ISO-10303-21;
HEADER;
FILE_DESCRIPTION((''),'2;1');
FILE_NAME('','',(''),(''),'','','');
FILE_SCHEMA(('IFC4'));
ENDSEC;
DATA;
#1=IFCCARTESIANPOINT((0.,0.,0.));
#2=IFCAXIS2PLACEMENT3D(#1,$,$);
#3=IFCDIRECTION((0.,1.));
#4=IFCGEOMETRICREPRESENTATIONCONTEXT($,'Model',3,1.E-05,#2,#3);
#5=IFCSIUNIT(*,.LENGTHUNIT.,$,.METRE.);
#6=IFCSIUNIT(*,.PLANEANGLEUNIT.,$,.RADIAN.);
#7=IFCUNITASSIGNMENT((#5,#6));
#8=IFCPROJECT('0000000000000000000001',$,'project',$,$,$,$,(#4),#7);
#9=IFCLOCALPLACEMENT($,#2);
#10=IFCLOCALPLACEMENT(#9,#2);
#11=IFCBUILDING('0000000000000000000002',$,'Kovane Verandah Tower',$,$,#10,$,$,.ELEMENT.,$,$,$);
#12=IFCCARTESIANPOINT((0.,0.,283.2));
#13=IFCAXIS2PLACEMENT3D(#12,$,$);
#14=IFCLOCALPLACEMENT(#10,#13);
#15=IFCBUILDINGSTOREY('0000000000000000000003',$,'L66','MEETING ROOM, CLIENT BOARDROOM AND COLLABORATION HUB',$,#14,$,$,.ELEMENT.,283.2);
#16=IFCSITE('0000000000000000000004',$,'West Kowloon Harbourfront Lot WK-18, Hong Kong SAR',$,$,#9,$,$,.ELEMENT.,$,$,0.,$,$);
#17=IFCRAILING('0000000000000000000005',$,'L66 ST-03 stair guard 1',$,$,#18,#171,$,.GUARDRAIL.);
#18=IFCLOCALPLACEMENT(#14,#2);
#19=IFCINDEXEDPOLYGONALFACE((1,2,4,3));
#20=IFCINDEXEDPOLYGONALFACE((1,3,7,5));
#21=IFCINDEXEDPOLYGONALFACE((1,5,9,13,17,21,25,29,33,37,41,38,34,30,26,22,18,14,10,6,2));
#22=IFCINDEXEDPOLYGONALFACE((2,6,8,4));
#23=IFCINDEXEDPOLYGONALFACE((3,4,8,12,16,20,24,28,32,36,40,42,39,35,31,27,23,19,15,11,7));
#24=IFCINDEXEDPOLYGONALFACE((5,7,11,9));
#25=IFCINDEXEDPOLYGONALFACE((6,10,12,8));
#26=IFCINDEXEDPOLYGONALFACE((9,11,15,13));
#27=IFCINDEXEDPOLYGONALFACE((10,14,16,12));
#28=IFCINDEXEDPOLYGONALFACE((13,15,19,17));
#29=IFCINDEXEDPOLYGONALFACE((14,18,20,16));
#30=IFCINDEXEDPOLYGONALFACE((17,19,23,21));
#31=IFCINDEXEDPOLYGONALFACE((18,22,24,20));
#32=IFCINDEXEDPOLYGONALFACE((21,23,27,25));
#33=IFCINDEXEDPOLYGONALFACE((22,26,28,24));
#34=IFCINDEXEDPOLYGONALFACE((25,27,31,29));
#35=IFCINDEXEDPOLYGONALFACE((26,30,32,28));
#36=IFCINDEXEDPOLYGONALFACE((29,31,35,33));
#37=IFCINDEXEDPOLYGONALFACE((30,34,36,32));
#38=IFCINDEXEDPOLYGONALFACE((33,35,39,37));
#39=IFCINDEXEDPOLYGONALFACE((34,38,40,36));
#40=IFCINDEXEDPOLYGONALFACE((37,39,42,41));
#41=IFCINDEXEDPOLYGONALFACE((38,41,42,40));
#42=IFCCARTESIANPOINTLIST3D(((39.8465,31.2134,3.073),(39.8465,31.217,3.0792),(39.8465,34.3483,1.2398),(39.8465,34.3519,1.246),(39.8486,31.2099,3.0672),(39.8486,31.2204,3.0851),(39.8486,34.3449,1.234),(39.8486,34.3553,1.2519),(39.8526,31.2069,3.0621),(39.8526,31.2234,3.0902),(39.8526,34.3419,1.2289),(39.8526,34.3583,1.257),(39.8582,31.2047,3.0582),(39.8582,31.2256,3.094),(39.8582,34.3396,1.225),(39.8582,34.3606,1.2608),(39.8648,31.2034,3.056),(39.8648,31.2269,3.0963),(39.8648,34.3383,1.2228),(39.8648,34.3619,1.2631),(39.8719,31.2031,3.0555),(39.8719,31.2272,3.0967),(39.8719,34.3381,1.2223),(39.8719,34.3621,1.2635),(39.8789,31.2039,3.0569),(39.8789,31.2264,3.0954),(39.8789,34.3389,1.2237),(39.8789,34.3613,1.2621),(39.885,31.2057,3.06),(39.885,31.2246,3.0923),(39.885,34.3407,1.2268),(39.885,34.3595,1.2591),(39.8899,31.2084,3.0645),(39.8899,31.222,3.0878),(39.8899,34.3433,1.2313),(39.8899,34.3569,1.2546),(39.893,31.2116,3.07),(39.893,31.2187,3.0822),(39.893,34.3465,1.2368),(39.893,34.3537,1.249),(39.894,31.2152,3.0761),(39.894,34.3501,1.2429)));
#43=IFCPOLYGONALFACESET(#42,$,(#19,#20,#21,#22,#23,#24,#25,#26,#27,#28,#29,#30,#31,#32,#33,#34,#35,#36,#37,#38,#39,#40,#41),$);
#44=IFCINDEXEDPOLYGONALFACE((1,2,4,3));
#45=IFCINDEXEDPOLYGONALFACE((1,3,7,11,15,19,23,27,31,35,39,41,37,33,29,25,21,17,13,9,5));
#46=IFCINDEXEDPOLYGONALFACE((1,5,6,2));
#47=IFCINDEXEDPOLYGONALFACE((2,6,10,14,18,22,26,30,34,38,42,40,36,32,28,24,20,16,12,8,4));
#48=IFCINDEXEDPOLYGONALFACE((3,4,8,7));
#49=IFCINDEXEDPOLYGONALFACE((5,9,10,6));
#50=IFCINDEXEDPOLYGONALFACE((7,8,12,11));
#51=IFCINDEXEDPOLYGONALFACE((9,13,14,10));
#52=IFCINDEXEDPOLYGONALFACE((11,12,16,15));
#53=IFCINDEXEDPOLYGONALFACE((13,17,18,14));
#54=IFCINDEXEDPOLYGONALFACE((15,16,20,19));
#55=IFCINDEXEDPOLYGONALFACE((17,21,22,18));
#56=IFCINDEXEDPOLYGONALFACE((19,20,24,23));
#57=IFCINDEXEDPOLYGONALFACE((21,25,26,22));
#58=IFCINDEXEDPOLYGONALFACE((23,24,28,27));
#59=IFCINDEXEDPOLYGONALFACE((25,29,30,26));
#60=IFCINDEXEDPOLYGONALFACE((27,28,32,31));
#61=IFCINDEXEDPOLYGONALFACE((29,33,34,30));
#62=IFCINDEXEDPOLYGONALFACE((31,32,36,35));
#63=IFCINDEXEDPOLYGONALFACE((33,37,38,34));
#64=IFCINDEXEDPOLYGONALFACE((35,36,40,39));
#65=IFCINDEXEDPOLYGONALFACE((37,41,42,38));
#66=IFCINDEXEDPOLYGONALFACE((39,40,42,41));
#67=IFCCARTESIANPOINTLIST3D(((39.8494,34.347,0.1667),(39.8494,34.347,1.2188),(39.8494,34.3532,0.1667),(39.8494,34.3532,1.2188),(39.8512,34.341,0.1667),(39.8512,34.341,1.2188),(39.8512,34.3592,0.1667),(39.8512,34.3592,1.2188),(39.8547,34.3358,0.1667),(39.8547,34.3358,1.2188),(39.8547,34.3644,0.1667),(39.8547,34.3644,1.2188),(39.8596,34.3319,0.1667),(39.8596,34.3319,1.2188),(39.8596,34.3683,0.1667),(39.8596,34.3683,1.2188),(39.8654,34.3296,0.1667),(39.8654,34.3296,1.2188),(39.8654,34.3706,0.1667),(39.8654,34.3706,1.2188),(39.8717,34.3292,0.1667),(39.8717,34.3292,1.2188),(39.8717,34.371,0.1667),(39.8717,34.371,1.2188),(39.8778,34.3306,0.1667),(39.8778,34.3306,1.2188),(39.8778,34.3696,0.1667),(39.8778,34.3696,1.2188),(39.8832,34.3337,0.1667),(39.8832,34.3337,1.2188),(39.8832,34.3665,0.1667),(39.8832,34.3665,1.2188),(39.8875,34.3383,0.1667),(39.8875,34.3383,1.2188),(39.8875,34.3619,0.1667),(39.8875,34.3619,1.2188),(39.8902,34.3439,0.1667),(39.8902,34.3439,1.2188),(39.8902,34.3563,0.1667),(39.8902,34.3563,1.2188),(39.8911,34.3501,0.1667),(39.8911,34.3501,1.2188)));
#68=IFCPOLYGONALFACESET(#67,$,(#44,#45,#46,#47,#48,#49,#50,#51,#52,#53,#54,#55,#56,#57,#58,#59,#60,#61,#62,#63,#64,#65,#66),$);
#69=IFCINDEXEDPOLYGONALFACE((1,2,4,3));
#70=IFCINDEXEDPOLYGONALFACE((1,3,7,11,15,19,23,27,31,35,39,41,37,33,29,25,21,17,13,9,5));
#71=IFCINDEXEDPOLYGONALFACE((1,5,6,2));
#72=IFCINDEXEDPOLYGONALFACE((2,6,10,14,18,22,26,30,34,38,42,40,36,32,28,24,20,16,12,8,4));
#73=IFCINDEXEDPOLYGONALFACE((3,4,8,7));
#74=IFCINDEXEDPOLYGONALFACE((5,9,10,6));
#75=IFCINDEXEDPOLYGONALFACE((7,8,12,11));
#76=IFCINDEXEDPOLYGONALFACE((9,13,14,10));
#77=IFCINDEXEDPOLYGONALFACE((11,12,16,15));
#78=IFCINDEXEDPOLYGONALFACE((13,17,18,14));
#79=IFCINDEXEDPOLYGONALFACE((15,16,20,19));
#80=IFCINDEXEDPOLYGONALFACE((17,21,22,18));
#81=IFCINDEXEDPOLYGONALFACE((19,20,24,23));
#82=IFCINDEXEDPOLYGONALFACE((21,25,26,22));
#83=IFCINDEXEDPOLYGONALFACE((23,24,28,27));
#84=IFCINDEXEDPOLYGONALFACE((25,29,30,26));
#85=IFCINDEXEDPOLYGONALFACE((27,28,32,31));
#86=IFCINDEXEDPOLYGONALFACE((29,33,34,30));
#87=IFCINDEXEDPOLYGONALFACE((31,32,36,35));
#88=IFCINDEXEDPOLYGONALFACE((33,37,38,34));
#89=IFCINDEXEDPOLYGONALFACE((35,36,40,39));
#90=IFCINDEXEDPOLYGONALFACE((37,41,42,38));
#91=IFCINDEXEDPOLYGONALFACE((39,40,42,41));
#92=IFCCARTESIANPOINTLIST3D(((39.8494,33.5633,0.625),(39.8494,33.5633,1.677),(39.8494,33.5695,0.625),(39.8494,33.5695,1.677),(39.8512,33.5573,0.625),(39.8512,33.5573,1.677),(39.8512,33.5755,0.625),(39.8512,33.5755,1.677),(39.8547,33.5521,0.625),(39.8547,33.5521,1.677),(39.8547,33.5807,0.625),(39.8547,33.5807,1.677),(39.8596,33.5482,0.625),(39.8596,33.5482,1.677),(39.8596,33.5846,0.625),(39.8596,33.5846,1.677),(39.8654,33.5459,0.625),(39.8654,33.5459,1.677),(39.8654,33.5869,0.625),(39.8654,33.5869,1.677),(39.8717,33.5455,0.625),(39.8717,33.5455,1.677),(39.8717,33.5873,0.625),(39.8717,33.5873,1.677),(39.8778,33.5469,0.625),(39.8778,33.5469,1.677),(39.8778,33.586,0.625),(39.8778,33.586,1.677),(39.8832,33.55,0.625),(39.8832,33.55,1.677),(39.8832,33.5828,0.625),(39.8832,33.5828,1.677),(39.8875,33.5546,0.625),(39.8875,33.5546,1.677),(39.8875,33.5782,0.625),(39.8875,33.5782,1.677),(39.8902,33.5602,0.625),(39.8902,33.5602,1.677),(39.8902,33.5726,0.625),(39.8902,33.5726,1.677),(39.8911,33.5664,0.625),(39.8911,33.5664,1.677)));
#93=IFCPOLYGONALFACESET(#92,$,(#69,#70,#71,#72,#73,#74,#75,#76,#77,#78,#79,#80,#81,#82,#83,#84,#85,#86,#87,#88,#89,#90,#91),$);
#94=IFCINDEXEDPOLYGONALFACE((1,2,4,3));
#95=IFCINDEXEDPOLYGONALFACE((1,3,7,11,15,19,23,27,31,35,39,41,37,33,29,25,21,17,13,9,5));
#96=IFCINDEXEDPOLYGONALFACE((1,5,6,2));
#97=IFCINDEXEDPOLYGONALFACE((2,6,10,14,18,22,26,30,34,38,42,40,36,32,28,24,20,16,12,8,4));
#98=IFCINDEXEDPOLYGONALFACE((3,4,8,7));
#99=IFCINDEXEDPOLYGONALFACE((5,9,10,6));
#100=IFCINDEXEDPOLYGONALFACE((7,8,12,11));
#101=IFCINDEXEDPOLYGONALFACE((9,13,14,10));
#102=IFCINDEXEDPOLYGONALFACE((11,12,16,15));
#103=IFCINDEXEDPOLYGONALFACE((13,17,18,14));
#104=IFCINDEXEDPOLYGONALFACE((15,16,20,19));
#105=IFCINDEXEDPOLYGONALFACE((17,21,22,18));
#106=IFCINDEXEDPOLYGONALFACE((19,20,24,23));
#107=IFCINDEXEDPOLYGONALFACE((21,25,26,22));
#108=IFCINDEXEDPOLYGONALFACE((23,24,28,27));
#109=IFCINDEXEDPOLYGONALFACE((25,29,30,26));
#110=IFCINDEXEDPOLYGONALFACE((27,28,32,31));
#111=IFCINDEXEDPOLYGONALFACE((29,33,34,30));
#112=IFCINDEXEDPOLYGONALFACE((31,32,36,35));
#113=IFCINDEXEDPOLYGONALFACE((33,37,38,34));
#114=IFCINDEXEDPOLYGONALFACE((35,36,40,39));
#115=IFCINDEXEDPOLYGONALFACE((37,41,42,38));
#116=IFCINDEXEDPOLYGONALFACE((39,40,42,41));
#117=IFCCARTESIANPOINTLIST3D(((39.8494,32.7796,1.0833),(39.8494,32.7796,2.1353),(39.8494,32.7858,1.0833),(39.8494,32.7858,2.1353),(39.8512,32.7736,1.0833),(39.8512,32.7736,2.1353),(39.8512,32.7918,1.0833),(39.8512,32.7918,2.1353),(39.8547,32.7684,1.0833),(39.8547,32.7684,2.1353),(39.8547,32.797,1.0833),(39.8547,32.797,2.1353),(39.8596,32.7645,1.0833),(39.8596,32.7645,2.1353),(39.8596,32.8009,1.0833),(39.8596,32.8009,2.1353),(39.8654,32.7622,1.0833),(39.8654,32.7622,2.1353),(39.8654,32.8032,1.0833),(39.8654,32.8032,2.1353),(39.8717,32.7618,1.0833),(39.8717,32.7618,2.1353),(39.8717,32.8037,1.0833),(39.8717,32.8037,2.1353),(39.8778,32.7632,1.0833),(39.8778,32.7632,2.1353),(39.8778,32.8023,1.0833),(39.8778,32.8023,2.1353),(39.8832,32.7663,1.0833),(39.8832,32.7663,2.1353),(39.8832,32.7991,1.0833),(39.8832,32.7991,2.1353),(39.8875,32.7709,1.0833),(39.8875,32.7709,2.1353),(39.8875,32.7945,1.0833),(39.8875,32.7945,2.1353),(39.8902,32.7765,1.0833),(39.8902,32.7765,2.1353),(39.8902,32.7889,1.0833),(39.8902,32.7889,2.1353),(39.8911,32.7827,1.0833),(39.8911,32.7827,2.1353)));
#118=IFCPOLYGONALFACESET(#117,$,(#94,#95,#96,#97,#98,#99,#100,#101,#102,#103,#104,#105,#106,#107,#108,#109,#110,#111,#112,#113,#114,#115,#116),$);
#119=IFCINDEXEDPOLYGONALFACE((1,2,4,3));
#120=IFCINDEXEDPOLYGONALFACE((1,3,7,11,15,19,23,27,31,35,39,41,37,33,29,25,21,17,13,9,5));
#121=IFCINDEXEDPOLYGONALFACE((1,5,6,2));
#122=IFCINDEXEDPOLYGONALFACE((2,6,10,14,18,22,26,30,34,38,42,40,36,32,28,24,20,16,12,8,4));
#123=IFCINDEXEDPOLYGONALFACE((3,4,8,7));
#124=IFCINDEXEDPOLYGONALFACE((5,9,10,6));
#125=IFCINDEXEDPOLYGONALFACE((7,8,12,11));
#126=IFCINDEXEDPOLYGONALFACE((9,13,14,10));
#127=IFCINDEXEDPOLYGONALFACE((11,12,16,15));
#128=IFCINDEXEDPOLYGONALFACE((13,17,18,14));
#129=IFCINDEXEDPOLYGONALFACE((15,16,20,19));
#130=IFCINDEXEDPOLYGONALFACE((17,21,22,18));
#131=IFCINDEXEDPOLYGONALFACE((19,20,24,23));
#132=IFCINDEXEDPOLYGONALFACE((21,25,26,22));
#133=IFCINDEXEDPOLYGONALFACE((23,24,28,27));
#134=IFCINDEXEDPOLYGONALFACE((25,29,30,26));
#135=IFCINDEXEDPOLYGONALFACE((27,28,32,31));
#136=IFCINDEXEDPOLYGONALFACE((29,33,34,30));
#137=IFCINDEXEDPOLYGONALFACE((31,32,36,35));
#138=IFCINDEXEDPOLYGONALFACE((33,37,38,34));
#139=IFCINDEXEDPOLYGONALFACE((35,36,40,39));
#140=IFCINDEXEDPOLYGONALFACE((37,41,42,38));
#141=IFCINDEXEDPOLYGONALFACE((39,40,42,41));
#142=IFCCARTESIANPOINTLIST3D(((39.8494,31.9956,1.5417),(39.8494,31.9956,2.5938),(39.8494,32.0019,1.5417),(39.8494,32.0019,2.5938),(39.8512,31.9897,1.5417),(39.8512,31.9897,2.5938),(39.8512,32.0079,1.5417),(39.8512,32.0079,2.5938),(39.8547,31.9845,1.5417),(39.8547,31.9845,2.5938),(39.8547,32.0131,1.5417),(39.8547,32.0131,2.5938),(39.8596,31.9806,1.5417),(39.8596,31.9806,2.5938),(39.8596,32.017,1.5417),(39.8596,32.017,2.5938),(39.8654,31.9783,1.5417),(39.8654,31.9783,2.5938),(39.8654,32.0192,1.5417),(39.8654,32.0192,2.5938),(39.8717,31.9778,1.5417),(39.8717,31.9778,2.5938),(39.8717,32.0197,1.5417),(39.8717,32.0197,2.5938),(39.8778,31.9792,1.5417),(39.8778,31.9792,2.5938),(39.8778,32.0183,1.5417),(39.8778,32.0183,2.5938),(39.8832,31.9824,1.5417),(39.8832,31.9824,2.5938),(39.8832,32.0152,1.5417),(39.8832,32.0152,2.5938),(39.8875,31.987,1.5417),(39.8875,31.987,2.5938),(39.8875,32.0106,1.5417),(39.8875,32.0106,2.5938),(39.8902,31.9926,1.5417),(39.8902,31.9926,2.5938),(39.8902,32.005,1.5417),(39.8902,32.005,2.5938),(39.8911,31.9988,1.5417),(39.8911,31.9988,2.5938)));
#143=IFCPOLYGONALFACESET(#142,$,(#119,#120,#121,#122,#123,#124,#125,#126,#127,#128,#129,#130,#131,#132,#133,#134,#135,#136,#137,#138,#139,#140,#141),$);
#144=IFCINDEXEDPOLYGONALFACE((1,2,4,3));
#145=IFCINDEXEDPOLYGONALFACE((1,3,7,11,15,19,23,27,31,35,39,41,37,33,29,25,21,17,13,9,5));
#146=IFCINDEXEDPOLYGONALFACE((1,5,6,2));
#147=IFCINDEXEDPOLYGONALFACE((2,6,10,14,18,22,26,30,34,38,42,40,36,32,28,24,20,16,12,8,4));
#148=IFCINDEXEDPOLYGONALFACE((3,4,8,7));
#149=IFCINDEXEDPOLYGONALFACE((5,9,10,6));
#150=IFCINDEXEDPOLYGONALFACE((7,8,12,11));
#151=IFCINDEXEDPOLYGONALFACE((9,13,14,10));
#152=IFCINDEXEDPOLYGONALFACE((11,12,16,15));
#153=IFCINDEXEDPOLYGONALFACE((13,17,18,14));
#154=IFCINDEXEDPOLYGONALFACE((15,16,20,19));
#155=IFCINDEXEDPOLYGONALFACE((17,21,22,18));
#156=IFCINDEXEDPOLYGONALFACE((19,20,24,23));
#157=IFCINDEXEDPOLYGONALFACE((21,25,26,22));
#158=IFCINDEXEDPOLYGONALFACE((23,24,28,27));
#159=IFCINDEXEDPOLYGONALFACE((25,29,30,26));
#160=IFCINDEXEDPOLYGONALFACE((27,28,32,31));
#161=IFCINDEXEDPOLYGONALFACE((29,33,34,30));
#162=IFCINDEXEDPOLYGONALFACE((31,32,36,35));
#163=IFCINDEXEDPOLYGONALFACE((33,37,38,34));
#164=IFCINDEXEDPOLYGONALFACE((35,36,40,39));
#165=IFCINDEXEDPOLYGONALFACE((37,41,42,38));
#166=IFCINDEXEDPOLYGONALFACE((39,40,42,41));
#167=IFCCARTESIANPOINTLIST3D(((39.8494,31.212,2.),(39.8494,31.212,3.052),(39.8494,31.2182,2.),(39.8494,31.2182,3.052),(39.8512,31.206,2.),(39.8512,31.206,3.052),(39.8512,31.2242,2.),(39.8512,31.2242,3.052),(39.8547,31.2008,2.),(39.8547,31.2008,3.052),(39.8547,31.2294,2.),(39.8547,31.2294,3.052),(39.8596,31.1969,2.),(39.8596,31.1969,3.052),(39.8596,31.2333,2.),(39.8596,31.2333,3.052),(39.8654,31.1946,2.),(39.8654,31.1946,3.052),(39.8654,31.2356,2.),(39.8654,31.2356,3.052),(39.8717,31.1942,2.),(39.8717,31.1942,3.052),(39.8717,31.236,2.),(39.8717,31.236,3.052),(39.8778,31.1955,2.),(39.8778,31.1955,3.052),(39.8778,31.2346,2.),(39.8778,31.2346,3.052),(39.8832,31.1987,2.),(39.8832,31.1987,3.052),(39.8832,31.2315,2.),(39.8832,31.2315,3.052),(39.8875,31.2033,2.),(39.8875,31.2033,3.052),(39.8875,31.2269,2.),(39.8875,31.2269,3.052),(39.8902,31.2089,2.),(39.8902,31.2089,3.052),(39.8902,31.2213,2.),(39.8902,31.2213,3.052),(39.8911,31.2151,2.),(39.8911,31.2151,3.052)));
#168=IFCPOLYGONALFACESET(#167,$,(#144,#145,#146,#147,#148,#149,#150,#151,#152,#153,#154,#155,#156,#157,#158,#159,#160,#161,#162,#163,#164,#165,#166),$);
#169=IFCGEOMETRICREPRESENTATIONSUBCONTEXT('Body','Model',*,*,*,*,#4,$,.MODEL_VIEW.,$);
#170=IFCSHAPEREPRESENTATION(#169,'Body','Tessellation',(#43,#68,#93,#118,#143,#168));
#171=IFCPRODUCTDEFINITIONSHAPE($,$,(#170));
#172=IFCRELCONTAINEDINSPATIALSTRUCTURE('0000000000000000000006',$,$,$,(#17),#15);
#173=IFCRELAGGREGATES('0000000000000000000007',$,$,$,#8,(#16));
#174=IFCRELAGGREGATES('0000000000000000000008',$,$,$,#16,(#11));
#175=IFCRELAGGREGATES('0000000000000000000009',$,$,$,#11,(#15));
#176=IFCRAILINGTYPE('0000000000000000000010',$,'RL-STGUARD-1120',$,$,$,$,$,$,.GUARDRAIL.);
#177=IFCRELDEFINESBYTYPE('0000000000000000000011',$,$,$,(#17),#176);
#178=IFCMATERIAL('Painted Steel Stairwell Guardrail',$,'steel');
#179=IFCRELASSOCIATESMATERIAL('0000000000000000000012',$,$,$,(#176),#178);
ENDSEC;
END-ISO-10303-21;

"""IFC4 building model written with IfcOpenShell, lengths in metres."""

from ifc_helpers import new_model, si_unit, direction, frame, origin, origin_2d, place, context, subcontext, project, spatial, circle, extrude, material, type_object, element, save


model = new_model("IFC4")

# Units and contexts
model_context = context("Model", 3, precision=1e-05, world=origin(), true_north=direction((0.0, 1.0)))
body_context = subcontext(model_context, "Body", "Model", "MODEL_VIEW")
ifc_project = project(units=[si_unit("LENGTHUNIT", "METRE"), si_unit("PLANEANGLEUNIT", "RADIAN")], contexts=[model_context])

# Site, building, storey
site_placement = place(None, origin())
site = spatial("IfcSite", under=ifc_project, at=site_placement, Name="West Kowloon Harbourfront Lot WK-18, Hong Kong SAR", CompositionType="ELEMENT", RefElevation=0.0)
building_placement = place(site_placement, origin())
building = spatial("IfcBuilding", under=site, at=building_placement, Name="Kovane Verandah Tower", CompositionType="ELEMENT")
storey_placement = place(building_placement, frame((0.0, 0.0, 283.2)))
storey = spatial("IfcBuildingStorey", under=building, at=storey_placement, Name="L66", Description="MEETING ROOM, CLIENT BOARDROOM AND COLLABORATION HUB", CompositionType="ELEMENT", Elevation=283.2)

# Railing
ifc_material_1 = material(Name="Painted Steel Stairwell Guardrail", Category="steel")
railing_type_1 = type_object("IfcRailingType", Name="RL-STGUARD-1120", PredefinedType="GUARDRAIL", material=ifc_material_1)
railing_1_placement = place(storey_placement, frame((39.8701, 34.3501, 0.1667)))
element("IfcRailing", 1, at=railing_1_placement, inside=storey, type_object=railing_type_1, Name="L66 ST-03 stair guard 1", PredefinedType="GUARDRAIL", context=body_context, shape_type="SweptSolid", body=[
    extrude(circle(Radius=0.0239, at=origin_2d()), frame((0.0, 0.0, 1.0762), z_axis=(0.0, -0.86324, 0.504794), x_axis=(1.0, 0.0, 0.0)), (0.0, 0.0, 1.0), 3.6316),
    extrude(circle(Radius=0.021, at=origin_2d()), origin(), (0.0, 0.0, 1.0), 1.052),
    extrude(circle(Radius=0.021, at=origin_2d()), frame((0.0, -0.7837, 0.4583)), (0.0, 0.0, 1.0), 1.052),
    extrude(circle(Radius=0.021, at=origin_2d()), frame((0.0, -1.5674, 0.9165)), (0.0, 0.0, 1.0), 1.052),
    extrude(circle(Radius=0.021, at=origin_2d()), frame((0.0, -2.3513, 1.375)), (0.0, 0.0, 1.0), 1.052),
    extrude(circle(Radius=0.021, at=origin_2d()), frame((0.0, -3.135, 1.8333)), (0.0, 0.0, 1.0), 1.052),
])

save(model, "model.ifc")
